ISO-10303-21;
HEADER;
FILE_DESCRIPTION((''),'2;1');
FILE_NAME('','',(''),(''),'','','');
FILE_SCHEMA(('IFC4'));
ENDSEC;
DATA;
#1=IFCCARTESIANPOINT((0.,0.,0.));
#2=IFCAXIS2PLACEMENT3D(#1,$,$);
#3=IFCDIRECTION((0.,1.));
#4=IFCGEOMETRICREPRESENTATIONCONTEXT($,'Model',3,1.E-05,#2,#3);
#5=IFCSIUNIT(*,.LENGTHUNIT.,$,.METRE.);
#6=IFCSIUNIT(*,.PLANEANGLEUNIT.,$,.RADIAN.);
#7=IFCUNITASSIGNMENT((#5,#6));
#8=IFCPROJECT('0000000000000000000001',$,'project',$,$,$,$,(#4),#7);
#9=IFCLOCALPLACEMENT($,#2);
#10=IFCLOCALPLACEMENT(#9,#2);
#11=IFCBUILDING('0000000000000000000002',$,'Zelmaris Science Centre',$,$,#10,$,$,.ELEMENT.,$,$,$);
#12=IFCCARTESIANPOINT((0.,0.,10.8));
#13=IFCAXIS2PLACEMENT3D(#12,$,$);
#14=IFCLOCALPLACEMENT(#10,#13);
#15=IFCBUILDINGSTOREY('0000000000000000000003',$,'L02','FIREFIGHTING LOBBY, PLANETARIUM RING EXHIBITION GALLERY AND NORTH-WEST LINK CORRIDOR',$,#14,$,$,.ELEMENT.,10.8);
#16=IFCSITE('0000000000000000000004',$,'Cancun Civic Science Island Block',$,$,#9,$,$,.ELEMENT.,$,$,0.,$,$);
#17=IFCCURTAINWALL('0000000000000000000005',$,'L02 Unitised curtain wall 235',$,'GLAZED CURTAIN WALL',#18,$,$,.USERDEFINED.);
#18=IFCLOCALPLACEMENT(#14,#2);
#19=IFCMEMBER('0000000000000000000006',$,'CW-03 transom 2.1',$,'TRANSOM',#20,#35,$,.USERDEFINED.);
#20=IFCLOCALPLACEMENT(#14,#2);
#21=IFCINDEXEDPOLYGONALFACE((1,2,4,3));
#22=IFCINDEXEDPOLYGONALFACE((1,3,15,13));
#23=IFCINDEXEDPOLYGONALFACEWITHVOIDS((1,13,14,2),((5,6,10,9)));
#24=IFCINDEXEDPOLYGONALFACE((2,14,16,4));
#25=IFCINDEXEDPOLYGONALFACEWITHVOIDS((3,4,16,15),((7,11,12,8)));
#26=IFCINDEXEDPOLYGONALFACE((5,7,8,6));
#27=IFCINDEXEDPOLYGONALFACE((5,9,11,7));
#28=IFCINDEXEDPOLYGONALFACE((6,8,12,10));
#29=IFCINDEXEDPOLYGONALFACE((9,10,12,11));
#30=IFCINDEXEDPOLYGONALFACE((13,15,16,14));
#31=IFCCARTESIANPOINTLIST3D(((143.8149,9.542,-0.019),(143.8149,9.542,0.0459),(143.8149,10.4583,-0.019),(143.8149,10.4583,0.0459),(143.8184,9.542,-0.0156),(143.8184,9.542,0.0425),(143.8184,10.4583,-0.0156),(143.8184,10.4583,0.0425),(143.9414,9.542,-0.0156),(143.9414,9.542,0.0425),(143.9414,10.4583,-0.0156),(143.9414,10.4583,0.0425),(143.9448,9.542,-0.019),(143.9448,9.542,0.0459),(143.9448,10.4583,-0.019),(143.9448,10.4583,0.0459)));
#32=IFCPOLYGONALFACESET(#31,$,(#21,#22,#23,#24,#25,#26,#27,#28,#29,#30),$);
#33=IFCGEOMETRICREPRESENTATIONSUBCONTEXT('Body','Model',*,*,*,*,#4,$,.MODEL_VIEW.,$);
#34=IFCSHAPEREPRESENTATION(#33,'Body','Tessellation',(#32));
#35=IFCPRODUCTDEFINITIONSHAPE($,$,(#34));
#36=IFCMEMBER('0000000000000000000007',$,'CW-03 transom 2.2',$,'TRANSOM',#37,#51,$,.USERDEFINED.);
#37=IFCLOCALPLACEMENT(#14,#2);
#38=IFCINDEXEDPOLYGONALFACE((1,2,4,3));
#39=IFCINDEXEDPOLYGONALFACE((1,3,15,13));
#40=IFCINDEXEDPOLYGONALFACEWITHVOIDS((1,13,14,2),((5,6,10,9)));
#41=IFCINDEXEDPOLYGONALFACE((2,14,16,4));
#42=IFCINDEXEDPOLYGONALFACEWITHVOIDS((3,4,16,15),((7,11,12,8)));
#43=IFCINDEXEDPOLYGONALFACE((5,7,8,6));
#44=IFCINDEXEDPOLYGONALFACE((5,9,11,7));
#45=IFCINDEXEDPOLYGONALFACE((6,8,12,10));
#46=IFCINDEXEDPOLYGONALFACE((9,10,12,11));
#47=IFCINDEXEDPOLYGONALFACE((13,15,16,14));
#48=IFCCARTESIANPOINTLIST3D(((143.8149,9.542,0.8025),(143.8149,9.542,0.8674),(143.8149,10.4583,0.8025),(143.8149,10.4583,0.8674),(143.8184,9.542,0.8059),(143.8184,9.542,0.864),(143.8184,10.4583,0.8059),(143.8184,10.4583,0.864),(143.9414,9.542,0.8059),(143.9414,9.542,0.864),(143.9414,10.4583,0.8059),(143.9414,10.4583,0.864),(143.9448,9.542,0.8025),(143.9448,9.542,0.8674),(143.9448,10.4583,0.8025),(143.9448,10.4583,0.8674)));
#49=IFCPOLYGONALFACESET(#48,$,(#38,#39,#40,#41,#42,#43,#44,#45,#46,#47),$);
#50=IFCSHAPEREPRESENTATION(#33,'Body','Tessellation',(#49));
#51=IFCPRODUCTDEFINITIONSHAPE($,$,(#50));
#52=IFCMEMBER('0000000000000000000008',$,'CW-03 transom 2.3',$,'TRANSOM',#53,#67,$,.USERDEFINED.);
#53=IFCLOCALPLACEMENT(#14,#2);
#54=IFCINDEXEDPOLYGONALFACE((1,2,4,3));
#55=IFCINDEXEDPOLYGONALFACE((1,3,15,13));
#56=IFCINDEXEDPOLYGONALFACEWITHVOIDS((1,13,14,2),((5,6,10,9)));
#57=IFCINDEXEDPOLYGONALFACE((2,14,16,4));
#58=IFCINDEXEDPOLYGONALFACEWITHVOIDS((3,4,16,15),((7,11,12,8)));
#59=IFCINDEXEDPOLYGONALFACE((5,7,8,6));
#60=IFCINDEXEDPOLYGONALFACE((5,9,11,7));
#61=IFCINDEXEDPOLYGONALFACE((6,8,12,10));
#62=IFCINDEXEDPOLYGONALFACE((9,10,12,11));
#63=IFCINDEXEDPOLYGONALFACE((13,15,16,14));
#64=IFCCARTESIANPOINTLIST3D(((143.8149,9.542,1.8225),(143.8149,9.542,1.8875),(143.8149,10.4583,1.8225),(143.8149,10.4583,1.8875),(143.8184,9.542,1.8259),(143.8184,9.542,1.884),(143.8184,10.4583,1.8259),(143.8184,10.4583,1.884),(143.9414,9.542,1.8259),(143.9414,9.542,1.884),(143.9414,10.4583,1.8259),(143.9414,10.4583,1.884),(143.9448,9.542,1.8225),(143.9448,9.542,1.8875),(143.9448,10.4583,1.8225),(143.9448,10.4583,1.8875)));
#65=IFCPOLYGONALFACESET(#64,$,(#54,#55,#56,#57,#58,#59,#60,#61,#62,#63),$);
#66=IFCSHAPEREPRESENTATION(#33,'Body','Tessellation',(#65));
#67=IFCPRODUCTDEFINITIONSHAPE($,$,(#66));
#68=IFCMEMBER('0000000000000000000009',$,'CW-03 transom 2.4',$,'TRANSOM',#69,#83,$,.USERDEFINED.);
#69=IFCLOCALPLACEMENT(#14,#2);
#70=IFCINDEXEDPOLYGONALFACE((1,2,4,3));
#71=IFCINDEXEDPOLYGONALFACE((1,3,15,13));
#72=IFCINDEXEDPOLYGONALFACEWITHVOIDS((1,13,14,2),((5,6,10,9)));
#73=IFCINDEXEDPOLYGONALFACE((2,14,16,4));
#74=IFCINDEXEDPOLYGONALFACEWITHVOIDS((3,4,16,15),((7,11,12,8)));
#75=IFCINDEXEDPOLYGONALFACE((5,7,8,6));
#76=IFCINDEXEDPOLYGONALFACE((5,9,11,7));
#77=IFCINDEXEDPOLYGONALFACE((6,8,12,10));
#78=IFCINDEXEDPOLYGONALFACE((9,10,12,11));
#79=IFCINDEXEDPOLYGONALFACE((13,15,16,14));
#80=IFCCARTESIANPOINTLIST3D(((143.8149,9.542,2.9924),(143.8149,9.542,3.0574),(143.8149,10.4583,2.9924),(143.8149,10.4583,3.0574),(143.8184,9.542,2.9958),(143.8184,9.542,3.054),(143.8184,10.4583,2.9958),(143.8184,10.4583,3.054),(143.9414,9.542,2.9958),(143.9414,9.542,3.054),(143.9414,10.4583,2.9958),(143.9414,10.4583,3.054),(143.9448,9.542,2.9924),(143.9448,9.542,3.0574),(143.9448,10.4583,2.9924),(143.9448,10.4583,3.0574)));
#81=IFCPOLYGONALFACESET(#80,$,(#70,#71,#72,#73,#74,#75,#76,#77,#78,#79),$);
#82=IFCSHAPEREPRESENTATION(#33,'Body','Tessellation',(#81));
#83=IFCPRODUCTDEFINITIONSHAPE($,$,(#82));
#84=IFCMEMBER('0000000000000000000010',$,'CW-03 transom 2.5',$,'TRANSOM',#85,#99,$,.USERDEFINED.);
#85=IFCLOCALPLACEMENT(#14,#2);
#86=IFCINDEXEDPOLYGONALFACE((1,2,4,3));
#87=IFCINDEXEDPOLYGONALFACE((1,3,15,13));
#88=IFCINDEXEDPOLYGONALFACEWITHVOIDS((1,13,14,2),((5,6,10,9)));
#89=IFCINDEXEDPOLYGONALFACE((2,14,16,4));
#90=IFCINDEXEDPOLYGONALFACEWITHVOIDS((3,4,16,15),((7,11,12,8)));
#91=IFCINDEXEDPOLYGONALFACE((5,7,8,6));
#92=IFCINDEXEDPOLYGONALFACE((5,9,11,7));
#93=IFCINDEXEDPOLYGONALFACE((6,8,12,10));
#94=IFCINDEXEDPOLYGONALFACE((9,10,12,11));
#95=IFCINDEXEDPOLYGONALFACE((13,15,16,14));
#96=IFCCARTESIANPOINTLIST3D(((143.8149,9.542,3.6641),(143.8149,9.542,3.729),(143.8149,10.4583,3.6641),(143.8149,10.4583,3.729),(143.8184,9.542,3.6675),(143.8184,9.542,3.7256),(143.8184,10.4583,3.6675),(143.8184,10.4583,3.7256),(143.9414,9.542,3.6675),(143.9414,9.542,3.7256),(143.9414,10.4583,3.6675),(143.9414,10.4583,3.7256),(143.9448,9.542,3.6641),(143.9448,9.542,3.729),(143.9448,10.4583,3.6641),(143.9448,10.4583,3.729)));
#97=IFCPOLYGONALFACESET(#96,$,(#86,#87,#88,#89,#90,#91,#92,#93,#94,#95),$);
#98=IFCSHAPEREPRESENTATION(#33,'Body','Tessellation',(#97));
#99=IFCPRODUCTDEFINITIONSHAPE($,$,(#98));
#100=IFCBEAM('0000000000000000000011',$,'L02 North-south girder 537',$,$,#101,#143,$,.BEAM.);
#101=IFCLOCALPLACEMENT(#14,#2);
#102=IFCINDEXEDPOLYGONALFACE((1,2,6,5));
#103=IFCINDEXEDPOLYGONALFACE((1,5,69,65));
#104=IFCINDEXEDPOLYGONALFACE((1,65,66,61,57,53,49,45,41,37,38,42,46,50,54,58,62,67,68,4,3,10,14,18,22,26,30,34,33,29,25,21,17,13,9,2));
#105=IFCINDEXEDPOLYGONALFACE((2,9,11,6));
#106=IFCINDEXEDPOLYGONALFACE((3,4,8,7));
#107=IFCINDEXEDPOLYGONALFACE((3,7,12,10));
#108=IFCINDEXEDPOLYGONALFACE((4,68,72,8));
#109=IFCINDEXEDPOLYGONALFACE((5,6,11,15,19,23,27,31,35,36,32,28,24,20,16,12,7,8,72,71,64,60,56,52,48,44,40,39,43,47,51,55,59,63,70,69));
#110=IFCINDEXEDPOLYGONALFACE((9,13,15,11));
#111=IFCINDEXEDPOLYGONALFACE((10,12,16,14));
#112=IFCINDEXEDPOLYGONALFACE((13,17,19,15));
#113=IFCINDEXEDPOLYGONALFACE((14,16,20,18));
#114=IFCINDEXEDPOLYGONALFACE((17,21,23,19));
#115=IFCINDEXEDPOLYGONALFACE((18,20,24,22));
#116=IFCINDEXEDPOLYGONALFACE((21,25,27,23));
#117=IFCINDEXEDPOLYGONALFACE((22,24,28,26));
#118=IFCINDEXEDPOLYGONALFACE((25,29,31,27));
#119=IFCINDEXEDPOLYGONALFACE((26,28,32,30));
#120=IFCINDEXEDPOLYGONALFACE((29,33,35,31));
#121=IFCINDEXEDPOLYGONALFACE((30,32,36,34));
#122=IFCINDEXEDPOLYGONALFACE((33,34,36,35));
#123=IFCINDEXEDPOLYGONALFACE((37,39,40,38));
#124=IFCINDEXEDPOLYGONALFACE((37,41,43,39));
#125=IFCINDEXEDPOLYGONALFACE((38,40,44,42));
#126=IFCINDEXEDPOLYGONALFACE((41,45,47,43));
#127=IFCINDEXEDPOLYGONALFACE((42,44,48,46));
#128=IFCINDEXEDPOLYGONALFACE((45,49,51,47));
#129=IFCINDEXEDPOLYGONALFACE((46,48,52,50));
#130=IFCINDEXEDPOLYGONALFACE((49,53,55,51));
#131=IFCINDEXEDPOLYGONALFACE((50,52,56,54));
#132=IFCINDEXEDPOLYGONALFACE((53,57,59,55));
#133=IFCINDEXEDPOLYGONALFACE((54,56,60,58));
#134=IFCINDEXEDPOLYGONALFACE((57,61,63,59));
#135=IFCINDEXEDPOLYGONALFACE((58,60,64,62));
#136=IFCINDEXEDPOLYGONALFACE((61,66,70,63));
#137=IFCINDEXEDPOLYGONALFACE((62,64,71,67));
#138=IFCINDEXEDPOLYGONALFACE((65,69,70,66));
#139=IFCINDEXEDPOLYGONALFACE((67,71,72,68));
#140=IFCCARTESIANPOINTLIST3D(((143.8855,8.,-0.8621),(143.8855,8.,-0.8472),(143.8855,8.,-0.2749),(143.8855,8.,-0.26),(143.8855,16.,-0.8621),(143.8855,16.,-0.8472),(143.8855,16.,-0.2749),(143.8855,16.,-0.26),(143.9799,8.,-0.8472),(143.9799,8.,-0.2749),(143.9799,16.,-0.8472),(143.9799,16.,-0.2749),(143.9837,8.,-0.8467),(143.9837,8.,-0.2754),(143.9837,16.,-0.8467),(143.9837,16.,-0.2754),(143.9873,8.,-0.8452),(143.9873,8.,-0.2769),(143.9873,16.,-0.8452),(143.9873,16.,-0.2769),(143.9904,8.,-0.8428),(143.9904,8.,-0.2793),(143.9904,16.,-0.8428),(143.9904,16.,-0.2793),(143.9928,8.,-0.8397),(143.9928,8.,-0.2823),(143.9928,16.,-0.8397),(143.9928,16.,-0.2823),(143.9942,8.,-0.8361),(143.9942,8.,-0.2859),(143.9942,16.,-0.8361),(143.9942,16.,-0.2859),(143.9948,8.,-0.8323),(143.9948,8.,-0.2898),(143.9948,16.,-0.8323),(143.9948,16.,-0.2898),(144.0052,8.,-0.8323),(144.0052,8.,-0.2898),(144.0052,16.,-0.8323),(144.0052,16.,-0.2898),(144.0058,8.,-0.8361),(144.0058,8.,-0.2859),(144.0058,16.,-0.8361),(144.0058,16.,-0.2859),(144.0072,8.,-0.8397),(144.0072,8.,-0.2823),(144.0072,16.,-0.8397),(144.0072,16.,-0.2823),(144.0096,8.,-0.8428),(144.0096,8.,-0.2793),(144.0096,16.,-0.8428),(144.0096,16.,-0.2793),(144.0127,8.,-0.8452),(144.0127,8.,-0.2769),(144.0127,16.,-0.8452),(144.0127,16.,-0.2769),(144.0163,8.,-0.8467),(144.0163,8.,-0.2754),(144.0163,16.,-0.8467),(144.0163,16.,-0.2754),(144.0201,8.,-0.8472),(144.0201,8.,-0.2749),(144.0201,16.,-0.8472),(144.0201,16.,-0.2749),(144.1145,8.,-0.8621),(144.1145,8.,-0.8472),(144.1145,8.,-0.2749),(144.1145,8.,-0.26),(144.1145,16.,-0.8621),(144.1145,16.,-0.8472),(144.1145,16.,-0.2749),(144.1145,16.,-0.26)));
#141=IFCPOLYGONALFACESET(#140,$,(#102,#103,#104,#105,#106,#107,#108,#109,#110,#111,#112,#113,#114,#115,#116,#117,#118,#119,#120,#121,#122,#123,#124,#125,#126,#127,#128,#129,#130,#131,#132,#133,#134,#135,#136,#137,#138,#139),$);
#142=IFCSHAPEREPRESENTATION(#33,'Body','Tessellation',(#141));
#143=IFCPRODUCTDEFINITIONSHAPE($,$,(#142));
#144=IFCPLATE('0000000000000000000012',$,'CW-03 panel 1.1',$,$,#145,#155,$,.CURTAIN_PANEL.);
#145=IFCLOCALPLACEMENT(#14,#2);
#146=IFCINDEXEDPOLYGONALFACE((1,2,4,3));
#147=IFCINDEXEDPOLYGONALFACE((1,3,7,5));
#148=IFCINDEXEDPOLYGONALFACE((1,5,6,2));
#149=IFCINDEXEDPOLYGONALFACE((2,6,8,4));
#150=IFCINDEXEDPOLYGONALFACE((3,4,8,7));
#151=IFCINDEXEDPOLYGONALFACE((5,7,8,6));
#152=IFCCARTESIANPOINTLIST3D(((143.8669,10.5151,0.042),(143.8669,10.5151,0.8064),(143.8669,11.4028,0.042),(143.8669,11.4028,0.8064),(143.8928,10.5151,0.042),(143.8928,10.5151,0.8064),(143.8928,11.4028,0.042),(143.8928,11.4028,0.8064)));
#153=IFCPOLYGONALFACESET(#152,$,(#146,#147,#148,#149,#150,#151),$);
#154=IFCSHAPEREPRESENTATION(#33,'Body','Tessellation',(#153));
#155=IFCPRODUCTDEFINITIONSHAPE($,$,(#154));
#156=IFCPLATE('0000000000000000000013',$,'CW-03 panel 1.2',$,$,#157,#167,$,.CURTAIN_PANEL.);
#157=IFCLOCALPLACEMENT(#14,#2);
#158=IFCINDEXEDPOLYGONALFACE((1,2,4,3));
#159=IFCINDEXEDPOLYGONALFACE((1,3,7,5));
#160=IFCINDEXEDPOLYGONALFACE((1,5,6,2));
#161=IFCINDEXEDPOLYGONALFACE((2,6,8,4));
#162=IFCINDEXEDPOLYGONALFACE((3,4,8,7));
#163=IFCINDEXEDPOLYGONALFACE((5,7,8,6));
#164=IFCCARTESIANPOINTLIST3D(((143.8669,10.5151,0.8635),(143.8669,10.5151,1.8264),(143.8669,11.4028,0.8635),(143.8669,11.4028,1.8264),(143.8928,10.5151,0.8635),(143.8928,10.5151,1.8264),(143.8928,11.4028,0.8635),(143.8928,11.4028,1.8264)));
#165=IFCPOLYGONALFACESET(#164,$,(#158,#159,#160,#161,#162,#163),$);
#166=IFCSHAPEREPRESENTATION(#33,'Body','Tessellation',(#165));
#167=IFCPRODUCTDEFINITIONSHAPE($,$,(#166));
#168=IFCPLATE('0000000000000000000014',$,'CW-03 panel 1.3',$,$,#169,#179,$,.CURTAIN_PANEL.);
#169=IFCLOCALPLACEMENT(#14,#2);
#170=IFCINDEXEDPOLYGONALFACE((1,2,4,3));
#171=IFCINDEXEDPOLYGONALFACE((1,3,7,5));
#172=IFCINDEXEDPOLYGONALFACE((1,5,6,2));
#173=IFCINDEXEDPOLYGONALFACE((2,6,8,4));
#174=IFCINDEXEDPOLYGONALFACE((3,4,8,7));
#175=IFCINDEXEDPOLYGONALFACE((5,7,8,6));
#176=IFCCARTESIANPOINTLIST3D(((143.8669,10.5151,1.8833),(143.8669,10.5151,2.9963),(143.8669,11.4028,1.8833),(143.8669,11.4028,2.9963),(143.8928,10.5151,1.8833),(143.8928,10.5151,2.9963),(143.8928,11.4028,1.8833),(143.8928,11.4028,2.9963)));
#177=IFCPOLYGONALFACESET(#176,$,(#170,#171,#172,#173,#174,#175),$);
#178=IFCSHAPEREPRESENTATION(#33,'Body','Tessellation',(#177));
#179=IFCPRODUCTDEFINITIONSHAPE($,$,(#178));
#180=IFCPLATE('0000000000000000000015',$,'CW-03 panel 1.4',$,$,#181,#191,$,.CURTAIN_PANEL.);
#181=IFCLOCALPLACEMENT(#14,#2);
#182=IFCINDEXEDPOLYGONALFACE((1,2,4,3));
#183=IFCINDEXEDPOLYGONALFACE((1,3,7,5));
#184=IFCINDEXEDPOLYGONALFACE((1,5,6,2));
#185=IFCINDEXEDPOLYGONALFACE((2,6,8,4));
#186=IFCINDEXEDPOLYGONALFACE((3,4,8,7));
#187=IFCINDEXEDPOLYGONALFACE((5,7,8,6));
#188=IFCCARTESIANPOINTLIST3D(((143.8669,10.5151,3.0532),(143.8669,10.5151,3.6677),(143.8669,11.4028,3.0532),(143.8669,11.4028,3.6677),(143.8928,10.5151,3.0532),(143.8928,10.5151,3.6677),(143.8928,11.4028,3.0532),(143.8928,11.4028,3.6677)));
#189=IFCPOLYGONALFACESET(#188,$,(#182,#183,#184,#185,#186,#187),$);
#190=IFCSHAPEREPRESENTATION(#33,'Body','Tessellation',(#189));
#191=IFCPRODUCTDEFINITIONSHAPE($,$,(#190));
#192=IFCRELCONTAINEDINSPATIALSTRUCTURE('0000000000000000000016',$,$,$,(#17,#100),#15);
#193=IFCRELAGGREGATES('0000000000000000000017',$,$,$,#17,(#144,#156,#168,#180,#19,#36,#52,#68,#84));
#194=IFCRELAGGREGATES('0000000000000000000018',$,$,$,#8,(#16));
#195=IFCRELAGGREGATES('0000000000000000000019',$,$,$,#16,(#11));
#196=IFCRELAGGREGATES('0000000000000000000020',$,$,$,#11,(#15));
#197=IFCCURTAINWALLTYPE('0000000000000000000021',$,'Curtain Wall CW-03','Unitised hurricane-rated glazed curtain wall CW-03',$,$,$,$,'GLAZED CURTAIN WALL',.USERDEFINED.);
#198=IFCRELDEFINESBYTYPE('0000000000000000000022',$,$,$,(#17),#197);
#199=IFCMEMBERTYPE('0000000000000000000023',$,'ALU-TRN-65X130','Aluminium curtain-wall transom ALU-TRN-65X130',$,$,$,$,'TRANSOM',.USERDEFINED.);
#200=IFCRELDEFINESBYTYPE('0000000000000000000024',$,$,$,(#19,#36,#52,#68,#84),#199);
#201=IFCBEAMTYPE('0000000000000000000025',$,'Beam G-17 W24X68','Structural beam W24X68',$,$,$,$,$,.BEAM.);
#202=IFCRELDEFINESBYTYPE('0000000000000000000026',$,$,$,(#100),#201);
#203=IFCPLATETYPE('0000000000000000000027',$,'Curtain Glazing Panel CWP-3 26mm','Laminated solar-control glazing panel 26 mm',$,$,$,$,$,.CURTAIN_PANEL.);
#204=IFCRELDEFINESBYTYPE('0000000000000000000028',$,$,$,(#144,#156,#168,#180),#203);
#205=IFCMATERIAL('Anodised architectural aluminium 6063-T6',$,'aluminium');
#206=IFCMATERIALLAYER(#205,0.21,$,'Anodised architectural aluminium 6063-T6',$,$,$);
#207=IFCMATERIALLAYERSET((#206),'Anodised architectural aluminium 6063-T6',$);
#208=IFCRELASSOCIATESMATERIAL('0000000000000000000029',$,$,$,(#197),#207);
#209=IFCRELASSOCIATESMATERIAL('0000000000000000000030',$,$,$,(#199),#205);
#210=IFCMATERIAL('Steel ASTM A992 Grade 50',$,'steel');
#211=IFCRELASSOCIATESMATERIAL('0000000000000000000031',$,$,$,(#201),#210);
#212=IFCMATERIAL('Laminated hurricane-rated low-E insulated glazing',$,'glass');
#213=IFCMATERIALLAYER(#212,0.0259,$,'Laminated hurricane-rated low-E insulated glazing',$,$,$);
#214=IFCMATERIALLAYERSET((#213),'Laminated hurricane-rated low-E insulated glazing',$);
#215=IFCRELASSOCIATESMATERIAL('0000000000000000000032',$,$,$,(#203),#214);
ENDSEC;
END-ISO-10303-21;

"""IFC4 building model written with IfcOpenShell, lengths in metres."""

from ifc_helpers import new_model, si_unit, direction, frame, origin, origin_2d, place, context, subcontext, project, spatial, rectangle, hollow_rectangle, i_section, extrude, material, layer, layer_set, material_profile, profile_set, type_object, element, aggregate, save


model = new_model("IFC4")

# Units and contexts
model_context = context("Model", 3, precision=1e-05, world=origin(), true_north=direction((0.0, 1.0)))
body_context = subcontext(model_context, "Body", "Model", "MODEL_VIEW")
ifc_project = project(units=[si_unit("LENGTHUNIT", "METRE"), si_unit("PLANEANGLEUNIT", "RADIAN")], contexts=[model_context])

# Site, building, storey
site_placement = place(None, origin())
site = spatial("IfcSite", under=ifc_project, at=site_placement, Name="Cancun Civic Science Island Block", CompositionType="ELEMENT", RefElevation=0.0)
building_placement = place(site_placement, origin())
building = spatial("IfcBuilding", under=site, at=building_placement, Name="Zelmaris Science Centre", CompositionType="ELEMENT")
storey_placement = place(building_placement, frame((0.0, 0.0, 10.8)))
storey = spatial("IfcBuildingStorey", under=building, at=storey_placement, Name="L02", Description="FIREFIGHTING LOBBY, PLANETARIUM RING EXHIBITION GALLERY AND NORTH-WEST LINK CORRIDOR", CompositionType="ELEMENT", Elevation=10.8)

# Curtain wall, members
ifc_material_1 = material(Name="Anodised architectural aluminium 6063-T6", Category="aluminium")
ifc_layer_1 = layer(ifc_material_1, 0.21, Name="Anodised architectural aluminium 6063-T6")
ifc_layer_set_1 = layer_set([ifc_layer_1], Name="Anodised architectural aluminium 6063-T6")
curtain_wall_type = type_object("IfcCurtainWallType", Name="Curtain Wall CW-03", Description="Unitised hurricane-rated glazed curtain wall CW-03", ElementType="GLAZED CURTAIN WALL", PredefinedType="USERDEFINED", material=ifc_layer_set_1)
curtain_wall_placement = place(storey_placement, origin())
curtain_wall = element("IfcCurtainWall", 1, at=curtain_wall_placement, inside=storey, type_object=curtain_wall_type, Name="L02 Unitised curtain wall 235", ObjectType="GLAZED CURTAIN WALL", PredefinedType="USERDEFINED")
ifc_material_profile_1 = material_profile(ifc_material_1, hollow_rectangle(XDim=0.0649, YDim=0.1299, WallThickness=0.0034, at=origin_2d()), Name="ALU-TRN-65X130")
ifc_profile_set_1 = profile_set([ifc_material_profile_1], Name="Anodised architectural aluminium 6063-T6")
member_type_1 = type_object("IfcMemberType", Name="ALU-TRN-65X130", Description="Aluminium curtain-wall transom ALU-TRN-65X130", ElementType="TRANSOM", PredefinedType="USERDEFINED", material=ifc_profile_set_1)
member_1_placement = place(storey_placement, frame((143.8799, 10.4583, 0.0134), z_axis=(0.0, -1.0, 0.0), x_axis=(0.0, 0.0, 1.0)))
member_1 = element("IfcMember", 2, at=member_1_placement, type_object=member_type_1, Name="CW-03 transom 2.1", ObjectType="TRANSOM", PredefinedType="USERDEFINED", context=body_context, shape_type="SweptSolid", body=[
    extrude(hollow_rectangle(XDim=0.0649, YDim=0.1299, WallThickness=0.0034, at=origin_2d()), origin(), (0.0, 0.0, 1.0), 0.9163),
])
member_2_placement = place(storey_placement, frame((143.8799, 10.4583, 0.835), z_axis=(0.0, -1.0, 0.0), x_axis=(0.0, 0.0, 1.0)))
member_2 = element("IfcMember", 3, at=member_2_placement, type_object=member_type_1, Name="CW-03 transom 2.2", ObjectType="TRANSOM", PredefinedType="USERDEFINED", context=body_context, shape_type="SweptSolid", body=[
    extrude(hollow_rectangle(XDim=0.0649, YDim=0.1299, WallThickness=0.0034, at=origin_2d()), origin(), (0.0, 0.0, 1.0), 0.9163),
])
member_3_placement = place(storey_placement, frame((143.8799, 10.4583, 1.855), z_axis=(0.0, -1.0, 0.0), x_axis=(0.0, 0.0, 1.0)))
member_3 = element("IfcMember", 4, at=member_3_placement, type_object=member_type_1, Name="CW-03 transom 2.3", ObjectType="TRANSOM", PredefinedType="USERDEFINED", context=body_context, shape_type="SweptSolid", body=[
    extrude(hollow_rectangle(XDim=0.0649, YDim=0.1299, WallThickness=0.0034, at=origin_2d()), origin(), (0.0, 0.0, 1.0), 0.9163),
])
member_4_placement = place(storey_placement, frame((143.8799, 10.4583, 3.0249), z_axis=(0.0, -1.0, 0.0), x_axis=(0.0, 0.0, 1.0)))
member_4 = element("IfcMember", 5, at=member_4_placement, type_object=member_type_1, Name="CW-03 transom 2.4", ObjectType="TRANSOM", PredefinedType="USERDEFINED", context=body_context, shape_type="SweptSolid", body=[
    extrude(hollow_rectangle(XDim=0.0649, YDim=0.1299, WallThickness=0.0034, at=origin_2d()), origin(), (0.0, 0.0, 1.0), 0.9163),
])
member_5_placement = place(storey_placement, frame((143.8799, 10.4583, 3.6965), z_axis=(0.0, -1.0, 0.0), x_axis=(0.0, 0.0, 1.0)))
member_5 = element("IfcMember", 6, at=member_5_placement, type_object=member_type_1, Name="CW-03 transom 2.5", ObjectType="TRANSOM", PredefinedType="USERDEFINED", context=body_context, shape_type="SweptSolid", body=[
    extrude(hollow_rectangle(XDim=0.0649, YDim=0.1299, WallThickness=0.0034, at=origin_2d()), origin(), (0.0, 0.0, 1.0), 0.9163),
])

# Beam
ifc_material_2 = material(Name="Steel ASTM A992 Grade 50", Category="steel")
ifc_material_profile_2 = material_profile(ifc_material_2, i_section(OverallWidth=0.229, OverallDepth=0.6021, WebThickness=0.0105, FlangeThickness=0.0149, FilletRadius=0.0149, at=origin_2d()), Name="W24X68")
ifc_profile_set_2 = profile_set([ifc_material_profile_2], Name="Steel ASTM A992 Grade 50")
beam_type = type_object("IfcBeamType", Name="Beam G-17 W24X68", Description="Structural beam W24X68", PredefinedType="BEAM", material=ifc_profile_set_2)
beam_placement = place(storey_placement, frame((144.0, 8.0, -0.561), z_axis=(0.0, 1.0, 0.0), x_axis=(-1.0, 0.0, 0.0)))
element("IfcBeam", 7, at=beam_placement, inside=storey, type_object=beam_type, Name="L02 North-south girder 537", PredefinedType="BEAM", context=body_context, shape_type="SweptSolid", body=[
    extrude(i_section(OverallWidth=0.229, OverallDepth=0.6021, WebThickness=0.0105, FlangeThickness=0.0149, FilletRadius=0.0149, at=origin_2d()), origin(), (0.0, 0.0, 1.0), 8.0),
])

# Plates
ifc_material_3 = material(Name="Laminated hurricane-rated low-E insulated glazing", Category="glass")
ifc_layer_2 = layer(ifc_material_3, 0.0259, Name="Laminated hurricane-rated low-E insulated glazing")
ifc_layer_set_2 = layer_set([ifc_layer_2], Name="Laminated hurricane-rated low-E insulated glazing")
plate_type = type_object("IfcPlateType", Name="Curtain Glazing Panel CWP-3 26mm", Description="Laminated solar-control glazing panel 26 mm", PredefinedType="CURTAIN_PANEL", material=ifc_layer_set_2)
plate_1_placement = place(storey_placement, frame((143.8799, 10.959, 0.042), z_axis=(0.0, 0.0, 1.0), x_axis=(0.0, -1.0, 0.0)))
plate_1 = element("IfcPlate", 8, at=plate_1_placement, type_object=plate_type, Name="CW-03 panel 1.1", PredefinedType="CURTAIN_PANEL", context=body_context, shape_type="SweptSolid", body=[
    extrude(rectangle(XDim=0.8877, YDim=0.0259, at=origin_2d()), origin(), (0.0, 0.0, 1.0), 0.7644),
])
plate_2_placement = place(storey_placement, frame((143.8799, 10.959, 0.8635), z_axis=(0.0, 0.0, 1.0), x_axis=(0.0, -1.0, 0.0)))
plate_2 = element("IfcPlate", 9, at=plate_2_placement, type_object=plate_type, Name="CW-03 panel 1.2", PredefinedType="CURTAIN_PANEL", context=body_context, shape_type="SweptSolid", body=[
    extrude(rectangle(XDim=0.8877, YDim=0.0259, at=origin_2d()), origin(), (0.0, 0.0, 1.0), 0.9629),
])
plate_3_placement = place(storey_placement, frame((143.8799, 10.959, 1.8833), z_axis=(0.0, 0.0, 1.0), x_axis=(0.0, -1.0, 0.0)))
plate_3 = element("IfcPlate", 10, at=plate_3_placement, type_object=plate_type, Name="CW-03 panel 1.3", PredefinedType="CURTAIN_PANEL", context=body_context, shape_type="SweptSolid", body=[
    extrude(rectangle(XDim=0.8877, YDim=0.0259, at=origin_2d()), origin(), (0.0, 0.0, 1.0), 1.113),
])
plate_4_placement = place(storey_placement, frame((143.8799, 10.959, 3.0532), z_axis=(0.0, 0.0, 1.0), x_axis=(0.0, -1.0, 0.0)))
plate_4 = element("IfcPlate", 11, at=plate_4_placement, type_object=plate_type, Name="CW-03 panel 1.4", PredefinedType="CURTAIN_PANEL", context=body_context, shape_type="SweptSolid", body=[
    extrude(rectangle(XDim=0.8877, YDim=0.0259, at=origin_2d()), origin(), (0.0, 0.0, 1.0), 0.6145),
])
aggregate(curtain_wall, [plate_1, plate_2, plate_3, plate_4, member_1, member_2, member_3, member_4, member_5])

save(model, "model.ifc")
